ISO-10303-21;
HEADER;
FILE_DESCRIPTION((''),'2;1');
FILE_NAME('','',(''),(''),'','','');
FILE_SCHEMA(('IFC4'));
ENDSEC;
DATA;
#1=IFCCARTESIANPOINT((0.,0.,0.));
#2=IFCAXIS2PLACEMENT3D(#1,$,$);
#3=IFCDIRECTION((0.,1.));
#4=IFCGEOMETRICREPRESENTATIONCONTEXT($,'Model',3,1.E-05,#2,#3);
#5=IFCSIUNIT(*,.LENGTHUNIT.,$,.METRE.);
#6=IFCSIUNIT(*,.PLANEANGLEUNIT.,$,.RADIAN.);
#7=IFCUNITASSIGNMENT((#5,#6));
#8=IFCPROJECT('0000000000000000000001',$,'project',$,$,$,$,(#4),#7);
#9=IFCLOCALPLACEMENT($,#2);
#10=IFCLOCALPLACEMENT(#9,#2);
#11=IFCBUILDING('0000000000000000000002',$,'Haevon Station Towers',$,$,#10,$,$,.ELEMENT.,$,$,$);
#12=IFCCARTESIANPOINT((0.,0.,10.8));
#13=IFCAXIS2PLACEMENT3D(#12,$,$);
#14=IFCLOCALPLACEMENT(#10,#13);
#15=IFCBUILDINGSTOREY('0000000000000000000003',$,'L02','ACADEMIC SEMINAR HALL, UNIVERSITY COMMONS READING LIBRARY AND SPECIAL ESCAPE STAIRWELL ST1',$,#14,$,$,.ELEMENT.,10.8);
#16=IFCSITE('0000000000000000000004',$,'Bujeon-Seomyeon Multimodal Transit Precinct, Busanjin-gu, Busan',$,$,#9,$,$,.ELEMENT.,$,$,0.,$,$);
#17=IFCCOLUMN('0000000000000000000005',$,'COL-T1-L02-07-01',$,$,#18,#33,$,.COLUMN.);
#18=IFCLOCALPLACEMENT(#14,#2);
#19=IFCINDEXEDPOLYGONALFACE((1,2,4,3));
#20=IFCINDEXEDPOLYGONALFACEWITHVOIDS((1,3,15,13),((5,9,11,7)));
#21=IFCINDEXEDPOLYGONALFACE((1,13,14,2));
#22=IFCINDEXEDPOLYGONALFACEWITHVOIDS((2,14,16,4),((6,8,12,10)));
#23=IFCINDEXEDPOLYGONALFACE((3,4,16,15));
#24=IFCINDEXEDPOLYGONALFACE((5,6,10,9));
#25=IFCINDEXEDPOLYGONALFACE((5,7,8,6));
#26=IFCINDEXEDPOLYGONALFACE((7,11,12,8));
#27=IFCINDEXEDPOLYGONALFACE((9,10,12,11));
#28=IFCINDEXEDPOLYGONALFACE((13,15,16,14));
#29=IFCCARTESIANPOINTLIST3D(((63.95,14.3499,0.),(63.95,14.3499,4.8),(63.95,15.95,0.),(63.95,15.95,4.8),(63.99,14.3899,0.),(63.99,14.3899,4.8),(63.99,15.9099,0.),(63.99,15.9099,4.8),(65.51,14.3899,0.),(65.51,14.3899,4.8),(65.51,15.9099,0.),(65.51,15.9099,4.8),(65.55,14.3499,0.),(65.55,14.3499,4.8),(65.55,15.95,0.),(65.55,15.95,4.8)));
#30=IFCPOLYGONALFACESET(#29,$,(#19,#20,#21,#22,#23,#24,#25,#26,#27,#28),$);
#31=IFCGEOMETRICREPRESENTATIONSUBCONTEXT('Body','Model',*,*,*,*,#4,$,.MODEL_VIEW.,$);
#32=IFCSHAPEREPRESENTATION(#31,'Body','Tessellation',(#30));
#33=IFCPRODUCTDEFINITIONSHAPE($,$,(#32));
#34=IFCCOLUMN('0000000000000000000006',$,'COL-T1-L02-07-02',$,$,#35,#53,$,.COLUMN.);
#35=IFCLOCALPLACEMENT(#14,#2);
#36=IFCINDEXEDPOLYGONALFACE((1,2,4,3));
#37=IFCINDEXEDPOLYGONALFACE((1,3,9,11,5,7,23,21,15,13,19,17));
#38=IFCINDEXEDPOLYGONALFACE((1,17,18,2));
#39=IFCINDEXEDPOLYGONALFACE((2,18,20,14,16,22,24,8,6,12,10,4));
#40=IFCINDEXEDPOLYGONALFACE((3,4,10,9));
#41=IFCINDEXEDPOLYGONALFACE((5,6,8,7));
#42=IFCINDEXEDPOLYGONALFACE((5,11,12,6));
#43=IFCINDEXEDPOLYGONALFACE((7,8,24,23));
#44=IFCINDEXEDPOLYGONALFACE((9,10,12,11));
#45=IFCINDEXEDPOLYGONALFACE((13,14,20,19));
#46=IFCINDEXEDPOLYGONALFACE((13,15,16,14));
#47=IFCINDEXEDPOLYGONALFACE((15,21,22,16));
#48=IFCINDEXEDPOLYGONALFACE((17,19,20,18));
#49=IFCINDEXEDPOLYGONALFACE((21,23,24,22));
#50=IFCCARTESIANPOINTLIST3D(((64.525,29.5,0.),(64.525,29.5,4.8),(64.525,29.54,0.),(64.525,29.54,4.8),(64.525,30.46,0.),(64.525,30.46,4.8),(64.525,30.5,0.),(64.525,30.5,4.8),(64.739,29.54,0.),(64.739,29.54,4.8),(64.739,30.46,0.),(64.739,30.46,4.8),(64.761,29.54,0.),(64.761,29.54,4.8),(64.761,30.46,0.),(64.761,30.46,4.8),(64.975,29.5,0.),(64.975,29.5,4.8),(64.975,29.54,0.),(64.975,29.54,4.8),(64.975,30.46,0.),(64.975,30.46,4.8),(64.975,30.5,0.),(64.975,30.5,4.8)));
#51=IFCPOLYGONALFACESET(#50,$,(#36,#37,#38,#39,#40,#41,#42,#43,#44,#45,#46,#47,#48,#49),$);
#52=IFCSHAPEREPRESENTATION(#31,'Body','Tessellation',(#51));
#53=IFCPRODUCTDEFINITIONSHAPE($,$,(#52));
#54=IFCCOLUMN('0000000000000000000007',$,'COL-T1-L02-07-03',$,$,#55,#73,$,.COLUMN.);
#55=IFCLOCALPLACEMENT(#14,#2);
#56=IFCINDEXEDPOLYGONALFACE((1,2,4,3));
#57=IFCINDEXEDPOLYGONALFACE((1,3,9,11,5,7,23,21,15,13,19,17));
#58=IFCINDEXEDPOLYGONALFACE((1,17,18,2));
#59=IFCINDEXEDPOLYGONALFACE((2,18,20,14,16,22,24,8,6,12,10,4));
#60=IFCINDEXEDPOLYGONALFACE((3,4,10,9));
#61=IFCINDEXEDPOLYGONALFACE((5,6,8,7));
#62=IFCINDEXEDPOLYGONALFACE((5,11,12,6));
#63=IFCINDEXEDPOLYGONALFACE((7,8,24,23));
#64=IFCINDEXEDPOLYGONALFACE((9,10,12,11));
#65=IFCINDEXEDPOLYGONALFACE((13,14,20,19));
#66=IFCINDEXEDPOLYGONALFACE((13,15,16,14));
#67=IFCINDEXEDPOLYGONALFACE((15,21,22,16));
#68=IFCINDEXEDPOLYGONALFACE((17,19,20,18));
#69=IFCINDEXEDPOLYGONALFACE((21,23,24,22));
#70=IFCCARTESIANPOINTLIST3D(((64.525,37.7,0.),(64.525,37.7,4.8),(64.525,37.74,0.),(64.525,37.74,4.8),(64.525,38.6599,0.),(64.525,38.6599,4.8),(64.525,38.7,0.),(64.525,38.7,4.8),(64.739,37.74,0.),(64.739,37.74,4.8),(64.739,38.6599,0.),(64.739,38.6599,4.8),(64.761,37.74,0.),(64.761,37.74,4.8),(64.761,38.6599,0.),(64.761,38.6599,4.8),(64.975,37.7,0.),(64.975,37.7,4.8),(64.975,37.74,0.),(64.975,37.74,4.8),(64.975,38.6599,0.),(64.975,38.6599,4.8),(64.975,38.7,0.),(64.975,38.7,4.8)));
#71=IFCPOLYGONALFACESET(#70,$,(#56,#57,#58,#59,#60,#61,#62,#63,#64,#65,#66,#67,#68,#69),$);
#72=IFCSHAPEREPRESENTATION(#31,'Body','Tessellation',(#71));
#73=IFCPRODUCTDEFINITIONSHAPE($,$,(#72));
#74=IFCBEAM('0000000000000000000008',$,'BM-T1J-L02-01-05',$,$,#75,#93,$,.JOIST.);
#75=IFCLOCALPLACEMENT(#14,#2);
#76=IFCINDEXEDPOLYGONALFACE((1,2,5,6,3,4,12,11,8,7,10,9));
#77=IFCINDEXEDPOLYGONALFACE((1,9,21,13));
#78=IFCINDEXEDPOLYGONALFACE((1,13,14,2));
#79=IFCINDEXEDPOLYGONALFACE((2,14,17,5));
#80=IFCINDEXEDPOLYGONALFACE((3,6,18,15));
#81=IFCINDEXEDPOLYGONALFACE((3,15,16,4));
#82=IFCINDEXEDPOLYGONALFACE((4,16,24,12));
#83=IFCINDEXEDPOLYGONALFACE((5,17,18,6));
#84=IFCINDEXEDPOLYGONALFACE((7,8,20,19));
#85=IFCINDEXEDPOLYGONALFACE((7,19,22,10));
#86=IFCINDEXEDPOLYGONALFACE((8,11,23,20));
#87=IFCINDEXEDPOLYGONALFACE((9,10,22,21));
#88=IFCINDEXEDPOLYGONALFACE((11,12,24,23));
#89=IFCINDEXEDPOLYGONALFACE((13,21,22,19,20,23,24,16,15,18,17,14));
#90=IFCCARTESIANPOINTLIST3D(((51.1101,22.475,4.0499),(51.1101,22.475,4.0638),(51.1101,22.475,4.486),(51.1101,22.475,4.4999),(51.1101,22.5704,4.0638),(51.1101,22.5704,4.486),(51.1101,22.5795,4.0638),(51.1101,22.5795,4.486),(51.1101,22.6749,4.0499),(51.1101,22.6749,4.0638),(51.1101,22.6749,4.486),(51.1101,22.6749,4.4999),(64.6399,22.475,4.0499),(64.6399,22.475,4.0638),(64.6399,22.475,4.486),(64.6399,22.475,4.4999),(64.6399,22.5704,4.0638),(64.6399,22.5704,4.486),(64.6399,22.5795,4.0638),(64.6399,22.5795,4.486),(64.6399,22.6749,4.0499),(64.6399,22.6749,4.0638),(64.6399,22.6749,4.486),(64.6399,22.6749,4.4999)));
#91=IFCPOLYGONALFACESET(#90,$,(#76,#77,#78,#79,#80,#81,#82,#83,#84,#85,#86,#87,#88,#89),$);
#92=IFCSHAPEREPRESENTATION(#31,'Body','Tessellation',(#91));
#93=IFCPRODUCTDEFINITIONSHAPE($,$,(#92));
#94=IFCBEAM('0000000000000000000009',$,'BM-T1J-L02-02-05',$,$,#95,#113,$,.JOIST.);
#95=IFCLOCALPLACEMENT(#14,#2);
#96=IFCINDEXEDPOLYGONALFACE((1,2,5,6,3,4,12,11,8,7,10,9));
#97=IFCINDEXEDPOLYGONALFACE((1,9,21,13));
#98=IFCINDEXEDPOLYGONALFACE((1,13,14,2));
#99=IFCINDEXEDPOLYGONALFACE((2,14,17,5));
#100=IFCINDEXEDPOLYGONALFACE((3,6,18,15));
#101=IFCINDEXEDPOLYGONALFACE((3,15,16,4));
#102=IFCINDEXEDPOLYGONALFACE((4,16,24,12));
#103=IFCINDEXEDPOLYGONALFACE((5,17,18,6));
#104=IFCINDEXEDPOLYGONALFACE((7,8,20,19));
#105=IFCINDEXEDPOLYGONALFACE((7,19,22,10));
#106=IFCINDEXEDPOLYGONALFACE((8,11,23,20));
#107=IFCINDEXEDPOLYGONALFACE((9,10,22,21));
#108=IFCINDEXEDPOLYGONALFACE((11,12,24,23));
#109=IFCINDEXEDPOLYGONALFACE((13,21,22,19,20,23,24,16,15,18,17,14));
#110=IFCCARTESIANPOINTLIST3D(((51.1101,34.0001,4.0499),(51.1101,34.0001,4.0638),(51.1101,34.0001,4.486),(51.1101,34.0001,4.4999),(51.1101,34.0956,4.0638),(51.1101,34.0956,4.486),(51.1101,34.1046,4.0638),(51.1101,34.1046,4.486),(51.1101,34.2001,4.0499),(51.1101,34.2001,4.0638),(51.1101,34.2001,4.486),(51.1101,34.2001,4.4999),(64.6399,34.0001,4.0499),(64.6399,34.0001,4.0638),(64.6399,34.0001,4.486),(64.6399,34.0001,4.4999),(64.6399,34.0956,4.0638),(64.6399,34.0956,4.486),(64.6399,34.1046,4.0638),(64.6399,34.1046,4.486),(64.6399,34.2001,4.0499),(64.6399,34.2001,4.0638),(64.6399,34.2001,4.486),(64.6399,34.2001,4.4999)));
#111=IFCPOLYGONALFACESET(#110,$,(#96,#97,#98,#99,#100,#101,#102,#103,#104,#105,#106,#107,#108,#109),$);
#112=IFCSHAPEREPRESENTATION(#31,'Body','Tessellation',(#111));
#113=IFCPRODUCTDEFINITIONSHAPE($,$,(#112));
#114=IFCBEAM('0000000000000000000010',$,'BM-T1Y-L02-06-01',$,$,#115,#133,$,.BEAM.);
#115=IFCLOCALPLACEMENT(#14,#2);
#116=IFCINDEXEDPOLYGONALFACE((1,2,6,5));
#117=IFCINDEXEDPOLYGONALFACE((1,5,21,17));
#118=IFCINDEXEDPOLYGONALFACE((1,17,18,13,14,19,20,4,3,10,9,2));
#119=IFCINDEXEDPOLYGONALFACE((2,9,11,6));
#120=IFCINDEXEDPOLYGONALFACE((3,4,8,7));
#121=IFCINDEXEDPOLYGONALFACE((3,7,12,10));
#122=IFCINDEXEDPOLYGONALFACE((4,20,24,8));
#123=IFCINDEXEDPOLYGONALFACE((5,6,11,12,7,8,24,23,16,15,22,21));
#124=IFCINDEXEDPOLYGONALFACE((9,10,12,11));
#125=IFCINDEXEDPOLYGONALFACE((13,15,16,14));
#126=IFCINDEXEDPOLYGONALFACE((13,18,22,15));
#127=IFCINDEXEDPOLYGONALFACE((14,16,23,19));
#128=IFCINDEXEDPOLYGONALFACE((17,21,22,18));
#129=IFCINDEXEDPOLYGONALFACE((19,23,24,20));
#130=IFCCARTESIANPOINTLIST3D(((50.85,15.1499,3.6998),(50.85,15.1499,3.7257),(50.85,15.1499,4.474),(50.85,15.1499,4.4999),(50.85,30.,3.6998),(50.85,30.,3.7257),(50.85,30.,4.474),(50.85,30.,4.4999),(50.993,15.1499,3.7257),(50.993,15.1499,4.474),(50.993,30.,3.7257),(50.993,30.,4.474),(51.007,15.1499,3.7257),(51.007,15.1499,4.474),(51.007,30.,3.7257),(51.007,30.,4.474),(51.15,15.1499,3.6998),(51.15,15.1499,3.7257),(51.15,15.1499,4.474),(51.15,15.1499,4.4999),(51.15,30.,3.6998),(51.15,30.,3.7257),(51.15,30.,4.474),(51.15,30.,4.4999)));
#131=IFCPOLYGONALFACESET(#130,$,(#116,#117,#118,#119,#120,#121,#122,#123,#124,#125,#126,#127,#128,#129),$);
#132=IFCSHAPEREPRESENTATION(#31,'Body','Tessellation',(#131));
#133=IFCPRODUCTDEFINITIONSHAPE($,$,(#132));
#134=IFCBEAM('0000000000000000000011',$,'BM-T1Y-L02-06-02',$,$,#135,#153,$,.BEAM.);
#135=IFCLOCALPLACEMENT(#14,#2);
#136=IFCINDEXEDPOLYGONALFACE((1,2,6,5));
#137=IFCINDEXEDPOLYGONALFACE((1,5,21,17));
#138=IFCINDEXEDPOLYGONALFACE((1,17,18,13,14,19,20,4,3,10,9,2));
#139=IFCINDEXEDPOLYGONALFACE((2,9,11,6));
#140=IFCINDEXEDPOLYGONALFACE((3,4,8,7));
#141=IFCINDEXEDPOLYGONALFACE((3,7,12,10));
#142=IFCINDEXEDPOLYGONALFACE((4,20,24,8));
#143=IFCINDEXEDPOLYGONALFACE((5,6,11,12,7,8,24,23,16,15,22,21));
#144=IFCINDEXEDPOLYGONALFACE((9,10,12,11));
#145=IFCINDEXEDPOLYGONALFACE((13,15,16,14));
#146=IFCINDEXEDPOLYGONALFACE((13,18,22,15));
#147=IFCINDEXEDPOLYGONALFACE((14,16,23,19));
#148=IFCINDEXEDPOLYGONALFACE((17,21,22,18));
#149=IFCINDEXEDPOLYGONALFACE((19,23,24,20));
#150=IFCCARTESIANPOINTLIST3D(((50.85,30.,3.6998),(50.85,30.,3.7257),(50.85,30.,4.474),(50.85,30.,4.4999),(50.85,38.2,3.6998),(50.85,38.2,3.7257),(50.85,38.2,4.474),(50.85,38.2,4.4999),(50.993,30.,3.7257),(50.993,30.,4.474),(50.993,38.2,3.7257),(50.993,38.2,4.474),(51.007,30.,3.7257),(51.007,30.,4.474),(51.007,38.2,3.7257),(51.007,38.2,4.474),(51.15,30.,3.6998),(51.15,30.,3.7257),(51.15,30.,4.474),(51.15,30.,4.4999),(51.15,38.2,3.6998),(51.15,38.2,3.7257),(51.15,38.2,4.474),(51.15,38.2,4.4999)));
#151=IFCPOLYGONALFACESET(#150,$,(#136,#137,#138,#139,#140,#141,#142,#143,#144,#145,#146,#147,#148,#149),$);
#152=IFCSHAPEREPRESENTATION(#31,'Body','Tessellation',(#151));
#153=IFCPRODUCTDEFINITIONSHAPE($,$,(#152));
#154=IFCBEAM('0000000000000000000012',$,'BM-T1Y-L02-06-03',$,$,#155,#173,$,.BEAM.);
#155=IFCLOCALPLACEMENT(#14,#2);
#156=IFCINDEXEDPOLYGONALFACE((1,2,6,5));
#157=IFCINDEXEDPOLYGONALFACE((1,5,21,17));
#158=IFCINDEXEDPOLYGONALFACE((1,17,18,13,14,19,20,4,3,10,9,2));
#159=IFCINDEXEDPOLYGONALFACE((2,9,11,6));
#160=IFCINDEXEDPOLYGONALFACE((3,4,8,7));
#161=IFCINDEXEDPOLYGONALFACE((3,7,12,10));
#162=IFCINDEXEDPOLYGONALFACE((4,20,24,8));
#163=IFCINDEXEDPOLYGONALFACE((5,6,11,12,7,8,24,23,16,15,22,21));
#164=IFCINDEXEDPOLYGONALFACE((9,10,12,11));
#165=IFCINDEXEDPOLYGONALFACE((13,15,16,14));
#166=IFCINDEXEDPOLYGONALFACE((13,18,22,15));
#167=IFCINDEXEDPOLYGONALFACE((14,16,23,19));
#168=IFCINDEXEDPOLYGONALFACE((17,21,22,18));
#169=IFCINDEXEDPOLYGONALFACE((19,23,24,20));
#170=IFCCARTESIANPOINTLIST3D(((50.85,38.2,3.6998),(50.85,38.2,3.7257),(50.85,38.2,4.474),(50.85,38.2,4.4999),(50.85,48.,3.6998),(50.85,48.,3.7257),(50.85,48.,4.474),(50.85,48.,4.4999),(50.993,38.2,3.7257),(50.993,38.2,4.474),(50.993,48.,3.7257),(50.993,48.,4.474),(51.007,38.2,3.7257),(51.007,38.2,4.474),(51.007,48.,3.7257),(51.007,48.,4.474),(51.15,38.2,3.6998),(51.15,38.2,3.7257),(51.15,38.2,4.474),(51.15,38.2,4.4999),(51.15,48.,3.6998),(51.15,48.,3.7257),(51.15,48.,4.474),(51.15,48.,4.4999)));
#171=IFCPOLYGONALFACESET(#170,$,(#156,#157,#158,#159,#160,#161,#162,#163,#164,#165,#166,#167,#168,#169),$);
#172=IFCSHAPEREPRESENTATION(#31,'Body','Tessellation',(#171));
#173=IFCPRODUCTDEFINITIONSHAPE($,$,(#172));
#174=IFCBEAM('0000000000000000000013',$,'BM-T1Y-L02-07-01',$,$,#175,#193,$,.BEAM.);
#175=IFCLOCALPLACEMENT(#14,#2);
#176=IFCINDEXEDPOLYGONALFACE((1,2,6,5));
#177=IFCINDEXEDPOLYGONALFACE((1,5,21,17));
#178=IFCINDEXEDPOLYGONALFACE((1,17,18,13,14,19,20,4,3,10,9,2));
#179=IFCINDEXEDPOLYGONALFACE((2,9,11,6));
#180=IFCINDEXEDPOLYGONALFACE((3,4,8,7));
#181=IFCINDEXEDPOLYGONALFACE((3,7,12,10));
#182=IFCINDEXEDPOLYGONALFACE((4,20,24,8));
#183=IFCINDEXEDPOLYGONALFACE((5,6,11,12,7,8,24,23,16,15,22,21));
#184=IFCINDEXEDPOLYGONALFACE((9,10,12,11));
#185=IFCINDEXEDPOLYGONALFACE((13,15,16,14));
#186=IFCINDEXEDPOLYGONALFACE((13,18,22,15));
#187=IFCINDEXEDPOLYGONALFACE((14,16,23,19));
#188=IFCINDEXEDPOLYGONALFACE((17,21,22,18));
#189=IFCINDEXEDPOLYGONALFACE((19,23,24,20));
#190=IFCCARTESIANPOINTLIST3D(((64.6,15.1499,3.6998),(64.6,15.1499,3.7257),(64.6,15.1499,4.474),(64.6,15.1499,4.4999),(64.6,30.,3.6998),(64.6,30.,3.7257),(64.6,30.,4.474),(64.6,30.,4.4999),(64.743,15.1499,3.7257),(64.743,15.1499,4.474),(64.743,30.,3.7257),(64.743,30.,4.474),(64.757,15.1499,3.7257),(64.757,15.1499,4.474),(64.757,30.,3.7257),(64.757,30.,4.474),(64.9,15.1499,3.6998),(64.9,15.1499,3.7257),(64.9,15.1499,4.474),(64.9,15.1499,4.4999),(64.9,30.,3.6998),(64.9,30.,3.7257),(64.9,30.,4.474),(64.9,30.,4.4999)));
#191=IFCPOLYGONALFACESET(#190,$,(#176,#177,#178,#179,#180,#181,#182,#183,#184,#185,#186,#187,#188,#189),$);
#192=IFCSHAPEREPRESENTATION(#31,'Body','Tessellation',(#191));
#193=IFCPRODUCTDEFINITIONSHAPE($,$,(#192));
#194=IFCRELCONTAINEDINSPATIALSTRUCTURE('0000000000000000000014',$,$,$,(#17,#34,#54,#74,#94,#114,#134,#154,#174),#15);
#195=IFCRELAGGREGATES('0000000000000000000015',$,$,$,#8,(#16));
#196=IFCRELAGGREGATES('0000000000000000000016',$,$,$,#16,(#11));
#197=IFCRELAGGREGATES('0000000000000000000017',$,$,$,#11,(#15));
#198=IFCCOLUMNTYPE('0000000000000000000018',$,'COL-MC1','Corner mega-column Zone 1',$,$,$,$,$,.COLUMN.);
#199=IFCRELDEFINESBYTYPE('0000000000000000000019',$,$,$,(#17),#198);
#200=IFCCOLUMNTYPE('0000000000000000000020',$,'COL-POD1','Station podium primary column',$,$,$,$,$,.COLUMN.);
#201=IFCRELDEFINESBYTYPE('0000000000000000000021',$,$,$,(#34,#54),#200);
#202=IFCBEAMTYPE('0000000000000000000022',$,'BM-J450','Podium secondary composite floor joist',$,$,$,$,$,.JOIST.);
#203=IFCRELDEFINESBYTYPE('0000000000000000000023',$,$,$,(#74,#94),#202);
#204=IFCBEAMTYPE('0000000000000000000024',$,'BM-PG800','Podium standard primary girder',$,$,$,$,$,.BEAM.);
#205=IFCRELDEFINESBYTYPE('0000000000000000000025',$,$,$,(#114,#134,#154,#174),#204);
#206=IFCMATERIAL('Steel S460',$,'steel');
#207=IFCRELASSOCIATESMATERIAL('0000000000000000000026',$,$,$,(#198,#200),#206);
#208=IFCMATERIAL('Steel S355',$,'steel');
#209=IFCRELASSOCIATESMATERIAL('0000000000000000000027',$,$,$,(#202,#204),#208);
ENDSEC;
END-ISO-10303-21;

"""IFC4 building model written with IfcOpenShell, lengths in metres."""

from ifc_helpers import new_model, si_unit, direction, frame, origin, origin_2d, place, context, subcontext, project, spatial, hollow_rectangle, i_section, extrude, material, material_profile, profile_set, type_object, element, save


model = new_model("IFC4")

# Units and contexts
model_context = context("Model", 3, precision=1e-05, world=origin(), true_north=direction((0.0, 1.0)))
body_context = subcontext(model_context, "Body", "Model", "MODEL_VIEW")
ifc_project = project(units=[si_unit("LENGTHUNIT", "METRE"), si_unit("PLANEANGLEUNIT", "RADIAN")], contexts=[model_context])

# Site, building, storey
site_placement = place(None, origin())
site = spatial("IfcSite", under=ifc_project, at=site_placement, Name="Bujeon-Seomyeon Multimodal Transit Precinct, Busanjin-gu, Busan", CompositionType="ELEMENT", RefElevation=0.0)
building_placement = place(site_placement, origin())
building = spatial("IfcBuilding", under=site, at=building_placement, Name="Haevon Station Towers", CompositionType="ELEMENT")
storey_placement = place(building_placement, frame((0.0, 0.0, 10.8)))
storey = spatial("IfcBuildingStorey", under=building, at=storey_placement, Name="L02", Description="ACADEMIC SEMINAR HALL, UNIVERSITY COMMONS READING LIBRARY AND SPECIAL ESCAPE STAIRWELL ST1", CompositionType="ELEMENT", Elevation=10.8)

# Columns
ifc_material_1 = material(Name="Steel S460", Category="steel")
ifc_material_profile_1 = material_profile(ifc_material_1, hollow_rectangle(XDim=1.6001, YDim=1.6001, WallThickness=0.04, at=origin_2d()), Name="BOX-1600x1600x40")
ifc_profile_set_1 = profile_set([ifc_material_profile_1], Name="Steel S460")
column_type_1 = type_object("IfcColumnType", Name="COL-MC1", Description="Corner mega-column Zone 1", PredefinedType="COLUMN", material=ifc_profile_set_1)
column_placement = place(storey_placement, frame((64.75, 15.1499, 0.0), z_axis=(0.0, 0.0, 1.0), x_axis=(1.0, 0.0, 0.0)))
element("IfcColumn", 1, at=column_placement, inside=storey, type_object=column_type_1, Name="COL-T1-L02-07-01", PredefinedType="COLUMN", context=body_context, shape_type="SweptSolid", body=[
    extrude(hollow_rectangle(XDim=1.6001, YDim=1.6001, WallThickness=0.04, at=origin_2d()), origin(), (0.0, 0.0, 1.0), 4.8),
])
ifc_material_profile_2 = material_profile(ifc_material_1, i_section(OverallWidth=0.45, OverallDepth=1.0, WebThickness=0.022, FlangeThickness=0.04, at=origin_2d()), Name="H-1000x450x22x40")
ifc_profile_set_2 = profile_set([ifc_material_profile_2], Name="Steel S460")
column_type_2 = type_object("IfcColumnType", Name="COL-POD1", Description="Station podium primary column", PredefinedType="COLUMN", material=ifc_profile_set_2)
for number, where, z_axis, x_axis, name in (
    (2, (64.75, 30.0, 0.0), (0.0, 0.0, 1.0), (1.0, 0.0, 0.0), "COL-T1-L02-07-02"),
    (3, (64.75, 38.2, 0.0), (0.0, 0.0, 1.0), (1.0, 0.0, 0.0), "COL-T1-L02-07-03"),
):
    element("IfcColumn", number, at=place(storey_placement, frame(where, z_axis=z_axis, x_axis=x_axis)), inside=storey, type_object=column_type_2, Name=name, PredefinedType="COLUMN", context=body_context, shape_type="SweptSolid", body=[
        extrude(i_section(OverallWidth=0.45, OverallDepth=1.0, WebThickness=0.022, FlangeThickness=0.04, at=origin_2d()), origin(), (0.0, 0.0, 1.0), 4.8),
    ])

# Beams
ifc_material_2 = material(Name="Steel S355", Category="steel")
ifc_material_profile_3 = material_profile(ifc_material_2, i_section(OverallWidth=0.2, OverallDepth=0.45, WebThickness=0.009, FlangeThickness=0.0139, at=origin_2d()), Name="H-450x200x9x14")
ifc_profile_set_3 = profile_set([ifc_material_profile_3], Name="Steel S355")
beam_type_1 = type_object("IfcBeamType", Name="BM-J450", Description="Podium secondary composite floor joist", PredefinedType="JOIST", material=ifc_profile_set_3)
for number, where, z_axis, x_axis, name in (
    (4, (51.1101, 22.575, 4.2749), (1.0, 0.0, 0.0), (0.0, 1.0, 0.0), "BM-T1J-L02-01-05"),
    (5, (51.1101, 34.1001, 4.2749), (1.0, 0.0, 0.0), (0.0, 1.0, 0.0), "BM-T1J-L02-02-05"),
):
    element("IfcBeam", number, at=place(storey_placement, frame(where, z_axis=z_axis, x_axis=x_axis)), inside=storey, type_object=beam_type_1, Name=name, PredefinedType="JOIST", context=body_context, shape_type="SweptSolid", body=[
        extrude(i_section(OverallWidth=0.2, OverallDepth=0.45, WebThickness=0.009, FlangeThickness=0.0139, at=origin_2d()), origin(), (0.0, 0.0, 1.0), 13.5298),
    ])
ifc_material_profile_4 = material_profile(ifc_material_2, i_section(OverallWidth=0.3, OverallDepth=0.8, WebThickness=0.0139, FlangeThickness=0.0259, at=origin_2d()), Name="H-800x300x14x26")
ifc_profile_set_4 = profile_set([ifc_material_profile_4], Name="Steel S355")
beam_type_2 = type_object("IfcBeamType", Name="BM-PG800", Description="Podium standard primary girder", PredefinedType="BEAM", material=ifc_profile_set_4)
beam_1_placement = place(storey_placement, frame((51.0, 15.1499, 4.0999), z_axis=(0.0, 1.0, 0.0), x_axis=(-1.0, 0.0, 0.0)))
element("IfcBeam", 6, at=beam_1_placement, inside=storey, type_object=beam_type_2, Name="BM-T1Y-L02-06-01", PredefinedType="BEAM", context=body_context, shape_type="SweptSolid", body=[
    extrude(i_section(OverallWidth=0.3, OverallDepth=0.8, WebThickness=0.0139, FlangeThickness=0.0259, at=origin_2d()), origin(), (0.0, 0.0, 1.0), 14.8501),
])
beam_2_placement = place(storey_placement, frame((51.0, 30.0, 4.0999), z_axis=(0.0, 1.0, 0.0), x_axis=(-1.0, 0.0, 0.0)))
element("IfcBeam", 7, at=beam_2_placement, inside=storey, type_object=beam_type_2, Name="BM-T1Y-L02-06-02", PredefinedType="BEAM", context=body_context, shape_type="SweptSolid", body=[
    extrude(i_section(OverallWidth=0.3, OverallDepth=0.8, WebThickness=0.0139, FlangeThickness=0.0259, at=origin_2d()), origin(), (0.0, 0.0, 1.0), 8.2),
])
beam_3_placement = place(storey_placement, frame((51.0, 38.2, 4.0999), z_axis=(0.0, 1.0, 0.0), x_axis=(-1.0, 0.0, 0.0)))
element("IfcBeam", 8, at=beam_3_placement, inside=storey, type_object=beam_type_2, Name="BM-T1Y-L02-06-03", PredefinedType="BEAM", context=body_context, shape_type="SweptSolid", body=[
    extrude(i_section(OverallWidth=0.3, OverallDepth=0.8, WebThickness=0.0139, FlangeThickness=0.0259, at=origin_2d()), origin(), (0.0, 0.0, 1.0), 9.8),
])
beam_4_placement = place(storey_placement, frame((64.75, 15.1499, 4.0999), z_axis=(0.0, 1.0, 0.0), x_axis=(-1.0, 0.0, 0.0)))
element("IfcBeam", 9, at=beam_4_placement, inside=storey, type_object=beam_type_2, Name="BM-T1Y-L02-07-01", PredefinedType="BEAM", context=body_context, shape_type="SweptSolid", body=[
    extrude(i_section(OverallWidth=0.3, OverallDepth=0.8, WebThickness=0.0139, FlangeThickness=0.0259, at=origin_2d()), origin(), (0.0, 0.0, 1.0), 14.8501),
])

save(model, "model.ifc")
